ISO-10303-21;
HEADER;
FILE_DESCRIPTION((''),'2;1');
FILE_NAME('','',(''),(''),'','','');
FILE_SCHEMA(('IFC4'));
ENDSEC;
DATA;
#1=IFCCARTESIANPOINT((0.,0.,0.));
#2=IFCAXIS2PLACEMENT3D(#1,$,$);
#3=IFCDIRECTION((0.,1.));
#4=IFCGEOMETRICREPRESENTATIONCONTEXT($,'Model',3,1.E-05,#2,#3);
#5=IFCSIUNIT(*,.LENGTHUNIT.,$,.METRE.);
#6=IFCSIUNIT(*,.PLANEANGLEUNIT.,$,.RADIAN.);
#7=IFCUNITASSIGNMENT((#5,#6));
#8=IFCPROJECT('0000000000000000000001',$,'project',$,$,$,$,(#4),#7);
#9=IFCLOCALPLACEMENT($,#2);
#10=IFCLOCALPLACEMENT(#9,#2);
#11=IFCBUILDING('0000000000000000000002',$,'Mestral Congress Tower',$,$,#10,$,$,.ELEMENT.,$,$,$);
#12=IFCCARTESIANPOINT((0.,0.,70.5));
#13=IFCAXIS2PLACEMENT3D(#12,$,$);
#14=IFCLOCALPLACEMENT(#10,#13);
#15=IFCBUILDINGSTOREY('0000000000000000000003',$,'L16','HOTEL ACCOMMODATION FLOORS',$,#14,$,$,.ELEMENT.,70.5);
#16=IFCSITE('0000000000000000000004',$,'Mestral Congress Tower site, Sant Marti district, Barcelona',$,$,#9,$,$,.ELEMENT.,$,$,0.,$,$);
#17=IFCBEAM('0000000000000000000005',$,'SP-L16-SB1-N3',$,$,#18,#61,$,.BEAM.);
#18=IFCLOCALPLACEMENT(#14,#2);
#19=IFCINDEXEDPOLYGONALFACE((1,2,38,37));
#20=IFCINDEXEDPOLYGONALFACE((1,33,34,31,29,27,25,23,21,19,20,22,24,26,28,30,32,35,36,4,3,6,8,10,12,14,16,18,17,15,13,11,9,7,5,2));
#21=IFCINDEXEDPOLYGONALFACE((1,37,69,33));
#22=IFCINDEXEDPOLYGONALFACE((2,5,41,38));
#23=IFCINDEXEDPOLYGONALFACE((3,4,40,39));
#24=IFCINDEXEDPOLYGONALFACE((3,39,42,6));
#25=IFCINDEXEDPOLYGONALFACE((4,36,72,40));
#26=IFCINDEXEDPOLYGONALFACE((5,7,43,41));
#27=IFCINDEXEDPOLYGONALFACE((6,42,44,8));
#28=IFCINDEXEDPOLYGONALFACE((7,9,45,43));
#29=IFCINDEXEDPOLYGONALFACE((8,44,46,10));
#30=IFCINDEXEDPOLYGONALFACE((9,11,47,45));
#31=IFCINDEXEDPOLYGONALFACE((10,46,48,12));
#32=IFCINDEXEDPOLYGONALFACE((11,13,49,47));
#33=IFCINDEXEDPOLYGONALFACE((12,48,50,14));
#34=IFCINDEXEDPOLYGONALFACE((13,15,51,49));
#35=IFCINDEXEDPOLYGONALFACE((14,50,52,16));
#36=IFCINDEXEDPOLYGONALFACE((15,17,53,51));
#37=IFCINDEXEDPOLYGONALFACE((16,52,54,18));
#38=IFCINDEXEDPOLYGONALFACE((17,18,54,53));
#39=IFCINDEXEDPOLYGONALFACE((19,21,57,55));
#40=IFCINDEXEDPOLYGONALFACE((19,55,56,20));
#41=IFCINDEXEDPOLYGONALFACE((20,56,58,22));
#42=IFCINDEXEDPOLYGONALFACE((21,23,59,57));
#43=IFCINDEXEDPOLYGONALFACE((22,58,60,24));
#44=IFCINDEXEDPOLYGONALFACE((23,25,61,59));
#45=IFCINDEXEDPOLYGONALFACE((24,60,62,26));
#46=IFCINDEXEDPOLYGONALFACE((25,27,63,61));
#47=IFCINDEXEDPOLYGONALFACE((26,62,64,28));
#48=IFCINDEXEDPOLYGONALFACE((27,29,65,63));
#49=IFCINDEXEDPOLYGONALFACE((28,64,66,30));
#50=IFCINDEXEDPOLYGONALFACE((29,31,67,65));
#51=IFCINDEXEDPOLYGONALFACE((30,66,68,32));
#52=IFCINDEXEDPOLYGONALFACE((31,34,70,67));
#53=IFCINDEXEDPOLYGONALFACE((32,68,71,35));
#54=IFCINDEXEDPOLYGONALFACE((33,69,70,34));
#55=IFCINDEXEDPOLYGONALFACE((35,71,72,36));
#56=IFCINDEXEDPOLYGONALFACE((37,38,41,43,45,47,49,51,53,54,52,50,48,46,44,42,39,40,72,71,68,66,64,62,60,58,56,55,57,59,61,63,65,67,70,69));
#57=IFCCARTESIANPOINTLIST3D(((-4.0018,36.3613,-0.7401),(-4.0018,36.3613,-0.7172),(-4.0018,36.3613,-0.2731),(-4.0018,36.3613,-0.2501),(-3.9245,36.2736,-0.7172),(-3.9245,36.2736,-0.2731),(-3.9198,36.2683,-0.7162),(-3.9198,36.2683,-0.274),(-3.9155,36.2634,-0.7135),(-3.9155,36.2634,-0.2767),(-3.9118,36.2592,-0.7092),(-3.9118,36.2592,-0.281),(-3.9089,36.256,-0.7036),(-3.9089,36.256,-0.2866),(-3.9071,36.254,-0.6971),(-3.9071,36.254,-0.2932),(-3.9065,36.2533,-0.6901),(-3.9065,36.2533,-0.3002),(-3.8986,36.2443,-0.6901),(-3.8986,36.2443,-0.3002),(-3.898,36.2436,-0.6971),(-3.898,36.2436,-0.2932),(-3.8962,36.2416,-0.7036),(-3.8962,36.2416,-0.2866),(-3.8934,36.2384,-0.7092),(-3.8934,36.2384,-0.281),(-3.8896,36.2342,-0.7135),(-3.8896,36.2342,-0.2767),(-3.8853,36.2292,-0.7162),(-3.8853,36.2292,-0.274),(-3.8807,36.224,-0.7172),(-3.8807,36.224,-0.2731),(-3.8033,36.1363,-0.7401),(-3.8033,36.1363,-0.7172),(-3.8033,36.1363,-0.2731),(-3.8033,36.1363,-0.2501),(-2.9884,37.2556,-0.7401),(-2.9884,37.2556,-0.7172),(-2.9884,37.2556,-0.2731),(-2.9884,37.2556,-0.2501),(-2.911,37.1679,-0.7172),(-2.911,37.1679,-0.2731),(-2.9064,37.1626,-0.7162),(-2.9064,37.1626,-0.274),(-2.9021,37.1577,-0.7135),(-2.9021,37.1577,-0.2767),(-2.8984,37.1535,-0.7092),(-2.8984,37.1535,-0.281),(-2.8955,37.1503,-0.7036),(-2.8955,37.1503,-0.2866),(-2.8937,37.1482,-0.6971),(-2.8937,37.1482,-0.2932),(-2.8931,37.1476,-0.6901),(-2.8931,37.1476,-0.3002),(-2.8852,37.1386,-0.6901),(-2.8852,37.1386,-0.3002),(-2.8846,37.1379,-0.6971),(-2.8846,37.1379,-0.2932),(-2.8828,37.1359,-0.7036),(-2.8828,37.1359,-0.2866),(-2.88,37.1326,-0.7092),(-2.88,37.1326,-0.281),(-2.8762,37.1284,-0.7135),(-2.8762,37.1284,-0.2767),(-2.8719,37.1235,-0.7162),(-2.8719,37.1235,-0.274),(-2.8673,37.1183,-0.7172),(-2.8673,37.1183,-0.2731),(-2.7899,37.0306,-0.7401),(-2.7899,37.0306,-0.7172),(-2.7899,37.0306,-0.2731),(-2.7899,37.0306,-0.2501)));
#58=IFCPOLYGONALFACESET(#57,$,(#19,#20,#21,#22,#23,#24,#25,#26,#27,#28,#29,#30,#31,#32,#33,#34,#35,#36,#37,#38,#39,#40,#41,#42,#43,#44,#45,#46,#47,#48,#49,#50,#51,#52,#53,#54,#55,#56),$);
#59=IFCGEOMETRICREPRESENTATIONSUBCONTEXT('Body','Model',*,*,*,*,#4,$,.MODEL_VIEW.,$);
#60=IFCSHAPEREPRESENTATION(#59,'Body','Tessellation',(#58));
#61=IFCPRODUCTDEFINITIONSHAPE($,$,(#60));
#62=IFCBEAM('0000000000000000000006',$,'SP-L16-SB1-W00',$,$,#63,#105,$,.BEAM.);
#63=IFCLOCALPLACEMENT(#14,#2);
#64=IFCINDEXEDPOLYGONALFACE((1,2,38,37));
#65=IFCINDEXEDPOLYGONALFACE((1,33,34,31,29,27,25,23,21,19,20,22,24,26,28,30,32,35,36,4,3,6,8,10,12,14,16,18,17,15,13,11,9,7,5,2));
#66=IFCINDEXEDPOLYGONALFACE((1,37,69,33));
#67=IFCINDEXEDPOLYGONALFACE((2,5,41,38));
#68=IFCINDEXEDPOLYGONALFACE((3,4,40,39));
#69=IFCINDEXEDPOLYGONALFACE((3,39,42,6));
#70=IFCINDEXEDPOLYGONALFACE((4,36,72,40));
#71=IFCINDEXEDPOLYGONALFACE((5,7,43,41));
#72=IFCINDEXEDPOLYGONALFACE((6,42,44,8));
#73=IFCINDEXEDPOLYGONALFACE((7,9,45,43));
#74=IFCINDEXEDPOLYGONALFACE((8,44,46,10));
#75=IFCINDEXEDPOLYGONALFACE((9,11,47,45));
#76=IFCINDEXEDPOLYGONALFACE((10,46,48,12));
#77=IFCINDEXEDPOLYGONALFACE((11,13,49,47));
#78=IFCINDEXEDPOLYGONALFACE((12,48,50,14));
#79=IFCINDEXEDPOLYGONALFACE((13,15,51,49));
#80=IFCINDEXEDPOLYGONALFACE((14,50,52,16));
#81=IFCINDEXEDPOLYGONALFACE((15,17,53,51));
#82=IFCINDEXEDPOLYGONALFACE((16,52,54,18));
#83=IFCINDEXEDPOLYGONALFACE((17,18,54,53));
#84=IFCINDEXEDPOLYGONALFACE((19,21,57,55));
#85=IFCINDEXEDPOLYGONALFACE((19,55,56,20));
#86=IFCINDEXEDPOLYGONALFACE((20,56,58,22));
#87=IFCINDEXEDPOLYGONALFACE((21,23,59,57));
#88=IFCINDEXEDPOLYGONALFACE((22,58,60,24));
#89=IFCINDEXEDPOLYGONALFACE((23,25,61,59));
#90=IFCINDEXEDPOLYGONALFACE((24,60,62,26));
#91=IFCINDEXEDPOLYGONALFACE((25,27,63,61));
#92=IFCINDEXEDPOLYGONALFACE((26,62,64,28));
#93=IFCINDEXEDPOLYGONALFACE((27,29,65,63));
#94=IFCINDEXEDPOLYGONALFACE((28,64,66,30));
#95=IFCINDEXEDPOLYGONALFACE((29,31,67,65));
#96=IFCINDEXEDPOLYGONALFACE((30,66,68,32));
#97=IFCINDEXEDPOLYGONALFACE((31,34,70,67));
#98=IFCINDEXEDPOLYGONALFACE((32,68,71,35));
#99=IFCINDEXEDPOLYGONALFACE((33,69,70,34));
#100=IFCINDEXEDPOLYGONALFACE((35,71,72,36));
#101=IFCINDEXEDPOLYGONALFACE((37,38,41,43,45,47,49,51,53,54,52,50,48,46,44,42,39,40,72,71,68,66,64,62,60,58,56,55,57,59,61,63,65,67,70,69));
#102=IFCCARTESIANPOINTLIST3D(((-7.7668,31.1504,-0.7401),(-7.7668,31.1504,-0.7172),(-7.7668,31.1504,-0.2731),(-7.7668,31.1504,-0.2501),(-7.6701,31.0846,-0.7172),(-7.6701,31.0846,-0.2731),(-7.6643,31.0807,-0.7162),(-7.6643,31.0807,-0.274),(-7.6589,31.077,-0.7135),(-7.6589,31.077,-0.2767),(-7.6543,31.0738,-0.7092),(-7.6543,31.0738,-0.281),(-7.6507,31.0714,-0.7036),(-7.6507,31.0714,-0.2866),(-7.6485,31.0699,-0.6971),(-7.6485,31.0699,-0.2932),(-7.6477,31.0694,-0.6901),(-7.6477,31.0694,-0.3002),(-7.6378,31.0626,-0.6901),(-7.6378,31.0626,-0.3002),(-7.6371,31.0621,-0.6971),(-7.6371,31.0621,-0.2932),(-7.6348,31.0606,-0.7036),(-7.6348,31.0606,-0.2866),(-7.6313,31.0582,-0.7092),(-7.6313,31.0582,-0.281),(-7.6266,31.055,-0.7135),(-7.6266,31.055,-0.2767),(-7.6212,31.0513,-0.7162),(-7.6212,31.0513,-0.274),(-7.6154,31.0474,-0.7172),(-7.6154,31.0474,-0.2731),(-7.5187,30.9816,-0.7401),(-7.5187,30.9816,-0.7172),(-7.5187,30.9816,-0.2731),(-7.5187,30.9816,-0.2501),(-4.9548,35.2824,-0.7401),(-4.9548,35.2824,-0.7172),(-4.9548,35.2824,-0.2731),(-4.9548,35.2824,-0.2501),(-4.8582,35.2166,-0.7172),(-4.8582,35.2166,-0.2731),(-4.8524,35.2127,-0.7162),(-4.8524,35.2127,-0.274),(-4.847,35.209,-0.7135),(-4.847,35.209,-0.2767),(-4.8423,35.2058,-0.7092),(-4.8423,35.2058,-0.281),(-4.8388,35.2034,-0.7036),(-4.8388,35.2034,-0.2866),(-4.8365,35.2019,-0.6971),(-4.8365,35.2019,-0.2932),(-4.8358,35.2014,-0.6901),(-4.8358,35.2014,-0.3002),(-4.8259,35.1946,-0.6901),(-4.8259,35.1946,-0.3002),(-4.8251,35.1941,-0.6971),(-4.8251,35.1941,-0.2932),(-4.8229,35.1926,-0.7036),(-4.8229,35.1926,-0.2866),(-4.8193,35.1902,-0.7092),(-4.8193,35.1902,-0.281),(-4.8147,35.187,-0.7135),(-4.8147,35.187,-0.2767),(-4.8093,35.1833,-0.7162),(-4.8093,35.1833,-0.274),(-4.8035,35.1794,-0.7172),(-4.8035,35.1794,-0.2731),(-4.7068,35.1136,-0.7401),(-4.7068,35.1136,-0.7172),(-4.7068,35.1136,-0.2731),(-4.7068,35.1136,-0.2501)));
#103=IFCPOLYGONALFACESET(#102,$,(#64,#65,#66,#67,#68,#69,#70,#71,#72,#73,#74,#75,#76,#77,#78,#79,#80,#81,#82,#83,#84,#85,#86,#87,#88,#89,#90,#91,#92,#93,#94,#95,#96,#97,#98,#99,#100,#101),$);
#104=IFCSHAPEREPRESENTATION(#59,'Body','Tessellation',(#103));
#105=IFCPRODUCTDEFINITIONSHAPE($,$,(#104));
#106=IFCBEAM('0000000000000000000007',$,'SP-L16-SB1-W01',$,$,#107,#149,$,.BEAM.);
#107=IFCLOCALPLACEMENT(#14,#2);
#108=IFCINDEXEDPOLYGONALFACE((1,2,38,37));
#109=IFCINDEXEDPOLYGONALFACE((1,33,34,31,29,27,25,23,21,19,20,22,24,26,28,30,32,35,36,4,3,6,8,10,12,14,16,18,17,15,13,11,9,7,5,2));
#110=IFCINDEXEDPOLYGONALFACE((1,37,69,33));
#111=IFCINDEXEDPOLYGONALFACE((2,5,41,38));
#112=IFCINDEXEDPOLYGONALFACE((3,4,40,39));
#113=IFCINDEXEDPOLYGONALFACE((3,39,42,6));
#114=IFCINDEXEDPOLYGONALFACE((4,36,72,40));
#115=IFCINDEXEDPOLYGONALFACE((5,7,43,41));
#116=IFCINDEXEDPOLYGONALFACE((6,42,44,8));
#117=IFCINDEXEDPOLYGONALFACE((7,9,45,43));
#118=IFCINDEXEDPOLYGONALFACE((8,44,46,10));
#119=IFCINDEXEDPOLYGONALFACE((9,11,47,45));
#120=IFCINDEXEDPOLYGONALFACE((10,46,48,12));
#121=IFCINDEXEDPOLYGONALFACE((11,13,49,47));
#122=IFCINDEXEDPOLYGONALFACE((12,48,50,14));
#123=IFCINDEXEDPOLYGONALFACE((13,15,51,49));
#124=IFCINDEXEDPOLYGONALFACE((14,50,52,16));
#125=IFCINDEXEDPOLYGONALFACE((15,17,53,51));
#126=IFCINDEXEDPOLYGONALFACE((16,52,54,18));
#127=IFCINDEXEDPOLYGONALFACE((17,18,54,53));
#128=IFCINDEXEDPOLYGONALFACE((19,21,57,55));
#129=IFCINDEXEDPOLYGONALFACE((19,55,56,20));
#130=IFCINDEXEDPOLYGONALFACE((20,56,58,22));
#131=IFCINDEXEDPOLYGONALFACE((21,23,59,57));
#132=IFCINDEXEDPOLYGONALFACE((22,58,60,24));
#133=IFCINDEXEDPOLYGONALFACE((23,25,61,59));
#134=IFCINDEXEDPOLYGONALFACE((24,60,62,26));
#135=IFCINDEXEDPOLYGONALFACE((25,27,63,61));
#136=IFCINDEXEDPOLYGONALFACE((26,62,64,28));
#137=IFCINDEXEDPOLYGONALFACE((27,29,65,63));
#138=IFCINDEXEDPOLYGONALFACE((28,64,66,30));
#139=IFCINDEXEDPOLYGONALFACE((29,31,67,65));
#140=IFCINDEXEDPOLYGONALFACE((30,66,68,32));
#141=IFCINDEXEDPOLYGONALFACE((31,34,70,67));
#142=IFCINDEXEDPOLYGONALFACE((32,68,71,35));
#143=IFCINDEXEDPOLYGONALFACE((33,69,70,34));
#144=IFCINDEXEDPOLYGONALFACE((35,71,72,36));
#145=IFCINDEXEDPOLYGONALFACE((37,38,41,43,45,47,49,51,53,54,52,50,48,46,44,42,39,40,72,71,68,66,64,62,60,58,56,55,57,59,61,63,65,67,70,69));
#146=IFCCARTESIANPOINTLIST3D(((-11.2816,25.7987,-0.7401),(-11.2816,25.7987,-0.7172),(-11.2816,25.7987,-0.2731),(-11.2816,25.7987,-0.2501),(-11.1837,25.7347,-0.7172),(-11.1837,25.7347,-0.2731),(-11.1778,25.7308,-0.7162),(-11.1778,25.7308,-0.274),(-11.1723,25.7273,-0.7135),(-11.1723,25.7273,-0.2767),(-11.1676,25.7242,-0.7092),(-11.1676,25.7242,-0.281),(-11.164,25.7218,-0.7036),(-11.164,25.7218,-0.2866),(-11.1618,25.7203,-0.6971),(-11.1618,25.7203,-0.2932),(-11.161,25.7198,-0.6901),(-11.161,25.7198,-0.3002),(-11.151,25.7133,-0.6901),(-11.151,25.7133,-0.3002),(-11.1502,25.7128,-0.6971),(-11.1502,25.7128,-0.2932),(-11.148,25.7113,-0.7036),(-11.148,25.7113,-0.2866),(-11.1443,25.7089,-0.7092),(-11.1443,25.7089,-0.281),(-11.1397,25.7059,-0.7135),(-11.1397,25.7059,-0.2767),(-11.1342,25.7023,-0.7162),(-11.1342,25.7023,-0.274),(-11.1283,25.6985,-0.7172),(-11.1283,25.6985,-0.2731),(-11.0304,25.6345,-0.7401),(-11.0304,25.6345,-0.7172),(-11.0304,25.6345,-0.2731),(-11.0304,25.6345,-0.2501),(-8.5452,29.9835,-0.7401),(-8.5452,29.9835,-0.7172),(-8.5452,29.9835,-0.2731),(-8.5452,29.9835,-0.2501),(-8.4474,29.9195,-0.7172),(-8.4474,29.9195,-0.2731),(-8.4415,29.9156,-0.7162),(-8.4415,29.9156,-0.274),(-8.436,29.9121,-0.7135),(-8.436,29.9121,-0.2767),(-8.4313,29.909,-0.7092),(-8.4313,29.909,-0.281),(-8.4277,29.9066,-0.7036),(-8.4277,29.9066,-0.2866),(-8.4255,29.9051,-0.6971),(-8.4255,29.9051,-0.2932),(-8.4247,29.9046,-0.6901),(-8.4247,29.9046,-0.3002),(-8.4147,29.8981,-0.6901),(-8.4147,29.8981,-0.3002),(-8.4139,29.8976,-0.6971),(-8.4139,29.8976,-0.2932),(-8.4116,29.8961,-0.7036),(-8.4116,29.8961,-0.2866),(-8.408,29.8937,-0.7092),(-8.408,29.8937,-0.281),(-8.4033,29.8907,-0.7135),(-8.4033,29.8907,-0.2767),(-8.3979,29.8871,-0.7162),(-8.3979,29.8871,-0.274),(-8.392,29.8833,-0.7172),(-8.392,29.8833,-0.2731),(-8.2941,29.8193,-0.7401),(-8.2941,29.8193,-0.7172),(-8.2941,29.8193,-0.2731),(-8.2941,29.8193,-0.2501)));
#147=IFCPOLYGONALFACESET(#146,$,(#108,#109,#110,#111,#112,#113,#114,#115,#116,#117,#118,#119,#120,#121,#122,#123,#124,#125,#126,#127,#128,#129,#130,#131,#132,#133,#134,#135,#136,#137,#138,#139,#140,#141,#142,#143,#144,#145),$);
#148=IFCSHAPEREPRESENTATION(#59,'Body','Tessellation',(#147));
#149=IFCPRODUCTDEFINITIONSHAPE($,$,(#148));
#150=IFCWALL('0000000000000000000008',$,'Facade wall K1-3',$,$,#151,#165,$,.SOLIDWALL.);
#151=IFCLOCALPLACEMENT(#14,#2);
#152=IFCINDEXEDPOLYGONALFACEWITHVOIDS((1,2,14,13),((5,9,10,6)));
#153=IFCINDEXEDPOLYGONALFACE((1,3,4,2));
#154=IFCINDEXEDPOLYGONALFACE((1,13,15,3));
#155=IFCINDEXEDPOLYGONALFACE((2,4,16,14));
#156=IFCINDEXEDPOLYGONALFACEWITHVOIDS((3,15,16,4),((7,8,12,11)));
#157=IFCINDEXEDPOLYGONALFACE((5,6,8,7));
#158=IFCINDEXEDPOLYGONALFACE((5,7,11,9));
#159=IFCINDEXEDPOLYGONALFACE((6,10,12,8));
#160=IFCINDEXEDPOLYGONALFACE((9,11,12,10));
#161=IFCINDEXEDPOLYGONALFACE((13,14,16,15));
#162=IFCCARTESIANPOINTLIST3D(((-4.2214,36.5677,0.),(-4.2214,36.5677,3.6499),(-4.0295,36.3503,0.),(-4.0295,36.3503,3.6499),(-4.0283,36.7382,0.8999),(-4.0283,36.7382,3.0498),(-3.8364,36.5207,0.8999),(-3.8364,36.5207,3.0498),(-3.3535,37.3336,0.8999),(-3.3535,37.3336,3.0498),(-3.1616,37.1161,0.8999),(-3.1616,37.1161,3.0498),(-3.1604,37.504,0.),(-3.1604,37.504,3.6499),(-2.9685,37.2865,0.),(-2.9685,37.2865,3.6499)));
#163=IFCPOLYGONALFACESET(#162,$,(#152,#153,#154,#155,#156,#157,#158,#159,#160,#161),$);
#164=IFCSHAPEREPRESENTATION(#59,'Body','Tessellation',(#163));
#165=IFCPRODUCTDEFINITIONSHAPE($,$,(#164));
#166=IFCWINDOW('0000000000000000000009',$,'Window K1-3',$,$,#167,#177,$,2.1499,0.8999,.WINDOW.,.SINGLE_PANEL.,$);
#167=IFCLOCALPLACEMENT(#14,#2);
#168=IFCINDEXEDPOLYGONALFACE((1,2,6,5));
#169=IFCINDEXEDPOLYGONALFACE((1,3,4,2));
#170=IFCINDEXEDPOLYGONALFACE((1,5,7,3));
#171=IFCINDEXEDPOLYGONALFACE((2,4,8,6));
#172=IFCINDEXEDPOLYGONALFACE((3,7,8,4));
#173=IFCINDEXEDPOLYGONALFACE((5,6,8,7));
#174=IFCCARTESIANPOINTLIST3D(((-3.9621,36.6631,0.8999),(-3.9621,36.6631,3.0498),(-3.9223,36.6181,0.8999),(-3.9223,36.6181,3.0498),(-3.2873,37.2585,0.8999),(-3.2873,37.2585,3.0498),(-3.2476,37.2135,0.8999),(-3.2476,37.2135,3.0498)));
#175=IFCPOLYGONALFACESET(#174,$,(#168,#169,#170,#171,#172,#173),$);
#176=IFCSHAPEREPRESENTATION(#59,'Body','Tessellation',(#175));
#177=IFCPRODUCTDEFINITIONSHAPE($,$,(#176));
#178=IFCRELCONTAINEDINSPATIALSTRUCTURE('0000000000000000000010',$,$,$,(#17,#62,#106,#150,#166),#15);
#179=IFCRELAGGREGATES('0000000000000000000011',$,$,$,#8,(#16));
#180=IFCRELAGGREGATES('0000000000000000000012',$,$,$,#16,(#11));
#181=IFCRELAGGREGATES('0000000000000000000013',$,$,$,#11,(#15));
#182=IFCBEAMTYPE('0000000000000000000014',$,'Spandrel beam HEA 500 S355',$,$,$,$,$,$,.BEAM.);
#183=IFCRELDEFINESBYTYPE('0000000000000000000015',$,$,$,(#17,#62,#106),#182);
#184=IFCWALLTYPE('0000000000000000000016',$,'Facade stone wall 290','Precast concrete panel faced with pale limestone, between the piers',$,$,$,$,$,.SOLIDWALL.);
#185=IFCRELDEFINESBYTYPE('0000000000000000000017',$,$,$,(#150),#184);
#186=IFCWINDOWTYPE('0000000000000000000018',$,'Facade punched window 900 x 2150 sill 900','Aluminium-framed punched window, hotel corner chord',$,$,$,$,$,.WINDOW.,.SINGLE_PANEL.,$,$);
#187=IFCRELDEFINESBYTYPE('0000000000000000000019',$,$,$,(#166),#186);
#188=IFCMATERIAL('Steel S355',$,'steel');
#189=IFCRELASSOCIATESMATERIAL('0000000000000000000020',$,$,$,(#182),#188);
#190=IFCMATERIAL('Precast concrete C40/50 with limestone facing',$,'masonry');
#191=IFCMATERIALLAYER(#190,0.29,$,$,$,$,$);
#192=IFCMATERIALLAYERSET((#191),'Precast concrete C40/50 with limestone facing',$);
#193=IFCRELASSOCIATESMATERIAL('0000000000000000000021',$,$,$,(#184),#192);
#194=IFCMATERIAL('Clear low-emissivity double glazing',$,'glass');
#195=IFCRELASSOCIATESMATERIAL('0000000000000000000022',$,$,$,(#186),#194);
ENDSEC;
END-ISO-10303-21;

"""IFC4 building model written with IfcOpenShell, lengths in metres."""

from ifc_helpers import new_model, si_unit, direction, frame, frame_2d, origin, origin_2d, place, context, subcontext, project, spatial, rectangle, i_section, extrude, material, layer, layer_set, material_profile, profile_set, type_object, element, fill, save


model = new_model("IFC4")

# Units and contexts
model_context = context("Model", 3, precision=1e-05, world=origin(), true_north=direction((0.0, 1.0)))
body_context = subcontext(model_context, "Body", "Model", "MODEL_VIEW")
ifc_project = project(units=[si_unit("LENGTHUNIT", "METRE"), si_unit("PLANEANGLEUNIT", "RADIAN")], contexts=[model_context])

# Site, building, storey
site_placement = place(None, origin())
site = spatial("IfcSite", under=ifc_project, at=site_placement, Name="Mestral Congress Tower site, Sant Marti district, Barcelona", CompositionType="ELEMENT", RefElevation=0.0)
building_placement = place(site_placement, origin())
building = spatial("IfcBuilding", under=site, at=building_placement, Name="Mestral Congress Tower", CompositionType="ELEMENT")
storey_placement = place(building_placement, frame((0.0, 0.0, 70.5)))
storey = spatial("IfcBuildingStorey", under=building, at=storey_placement, Name="L16", Description="HOTEL ACCOMMODATION FLOORS", CompositionType="ELEMENT", Elevation=70.5)

# Beams
ifc_material_1 = material(Name="Steel S355", Category="steel")
ifc_material_profile_1 = material_profile(ifc_material_1, i_section(OverallWidth=0.3, OverallDepth=0.49, WebThickness=0.012, FlangeThickness=0.0229, FilletRadius=0.0271, at=origin_2d()), Name="HEA 500")
ifc_profile_set_1 = profile_set([ifc_material_profile_1], Name="Steel S355")
beam_type_1 = type_object("IfcBeamType", Name="Spandrel beam HEA 500 S355", PredefinedType="BEAM", material=ifc_profile_set_1)
beam_1_placement = place(storey_placement, frame((-2.8892, 37.1431, -0.4951), z_axis=(-0.749806, -0.661657, 0.0), x_axis=(0.661657, -0.749806, 0.0)))
element("IfcBeam", 1, at=beam_1_placement, inside=storey, type_object=beam_type_1, Name="SP-L16-SB1-N3", PredefinedType="BEAM", context=body_context, shape_type="SweptSolid", body=[
    extrude(i_section(OverallWidth=0.3, OverallDepth=0.49, WebThickness=0.012, FlangeThickness=0.0229, FilletRadius=0.0271, at=origin_2d()), origin(), (0.0, 0.0, 1.0), 1.3516),
])
beam_2_placement = place(storey_placement, frame((-4.8308, 35.198, -0.4951), z_axis=(-0.562611, -0.826722, 0.0), x_axis=(0.826722, -0.562611, 0.0)))
element("IfcBeam", 2, at=beam_2_placement, inside=storey, type_object=beam_type_1, Name="SP-L16-SB1-W00", PredefinedType="BEAM", context=body_context, shape_type="SweptSolid", body=[
    extrude(i_section(OverallWidth=0.3, OverallDepth=0.49, WebThickness=0.012, FlangeThickness=0.0229, FilletRadius=0.0271, at=origin_2d()), origin(), (0.0, 0.0, 1.0), 4.998),
])
beam_3_placement = place(storey_placement, frame((-8.4197, 29.9014, -0.4951), z_axis=(-0.547264, -0.83696, 0.0), x_axis=(0.83696, -0.547264, 0.0)))
element("IfcBeam", 3, at=beam_3_placement, inside=storey, type_object=beam_type_1, Name="SP-L16-SB1-W01", PredefinedType="BEAM", context=body_context, shape_type="SweptSolid", body=[
    extrude(i_section(OverallWidth=0.3, OverallDepth=0.49, WebThickness=0.012, FlangeThickness=0.0229, FilletRadius=0.0271, at=origin_2d()), origin(), (0.0, 0.0, 1.0), 5.0),
])

# Wall, opening, window
ifc_material_2 = material(Name="Precast concrete C40/50 with limestone facing", Category="masonry")
ifc_layer_1 = layer(ifc_material_2, 0.29)
ifc_layer_set_1 = layer_set([ifc_layer_1], Name="Precast concrete C40/50 with limestone facing")
wall_type_1 = type_object("IfcWallType", Name="Facade stone wall 290", Description="Precast concrete panel faced with pale limestone, between the piers", PredefinedType="SOLIDWALL", material=ifc_layer_set_1)
wall_1_placement = place(storey_placement, frame((-3.0645, 37.3953, 0.0), z_axis=(0.0, 0.0, 1.0), x_axis=(-0.749813, -0.66165, 0.0)))
wall_1 = element("IfcWall", 4, at=wall_1_placement, inside=storey, type_object=wall_type_1, Name="Facade wall K1-3", PredefinedType="SOLIDWALL", context=body_context, shape_type="SweptSolid", body=[
    extrude(rectangle(XDim=1.415, YDim=0.29, at=frame_2d((0.7075, 0.0))), origin(), (0.0, 0.0, 1.0), 3.6499),
])
opening_1_placement = place(wall_1_placement, frame((0.2576, 0.0, 0.8999)))
opening_1 = element("IfcOpeningElement", 5, at=opening_1_placement, cuts=wall_1, PredefinedType="OPENING", context=body_context, shape_type="SweptSolid", body=[
    extrude(rectangle(XDim=0.8999, YDim=2.1499, at=frame_2d((0.45, 1.075))), frame((0.0, 0.155, 0.0), z_axis=(0.0, -1.0, 0.0), x_axis=(1.0, 0.0, 0.0)), (0.0, 0.0, 1.0), 0.3101),
])
ifc_material_3 = material(Name="Clear low-emissivity double glazing", Category="glass")
window_type_1 = type_object("IfcWindowType", Name="Facade punched window 900 x 2150 sill 900", Description="Aluminium-framed punched window, hotel corner chord", PartitioningType="SINGLE_PANEL", PredefinedType="WINDOW", material=ifc_material_3)
window_1_placement = place(opening_1_placement, origin())
window_1 = element("IfcWindow", 6, at=window_1_placement, inside=storey, type_object=window_type_1, Name="Window K1-3", OverallHeight=2.1499, OverallWidth=0.8999, PartitioningType="SINGLE_PANEL", PredefinedType="WINDOW", context=body_context, shape_type="SweptSolid", body=[
    extrude(rectangle(XDim=0.8999, YDim=2.1499, at=frame_2d((0.45, 1.075))), frame((0.0, 0.0151, 0.0), z_axis=(0.0, -1.0, 0.0), x_axis=(1.0, 0.0, 0.0)), (0.0, 0.0, 1.0), 0.0601),
])
fill(opening_1, window_1)

save(model, "model.ifc")
